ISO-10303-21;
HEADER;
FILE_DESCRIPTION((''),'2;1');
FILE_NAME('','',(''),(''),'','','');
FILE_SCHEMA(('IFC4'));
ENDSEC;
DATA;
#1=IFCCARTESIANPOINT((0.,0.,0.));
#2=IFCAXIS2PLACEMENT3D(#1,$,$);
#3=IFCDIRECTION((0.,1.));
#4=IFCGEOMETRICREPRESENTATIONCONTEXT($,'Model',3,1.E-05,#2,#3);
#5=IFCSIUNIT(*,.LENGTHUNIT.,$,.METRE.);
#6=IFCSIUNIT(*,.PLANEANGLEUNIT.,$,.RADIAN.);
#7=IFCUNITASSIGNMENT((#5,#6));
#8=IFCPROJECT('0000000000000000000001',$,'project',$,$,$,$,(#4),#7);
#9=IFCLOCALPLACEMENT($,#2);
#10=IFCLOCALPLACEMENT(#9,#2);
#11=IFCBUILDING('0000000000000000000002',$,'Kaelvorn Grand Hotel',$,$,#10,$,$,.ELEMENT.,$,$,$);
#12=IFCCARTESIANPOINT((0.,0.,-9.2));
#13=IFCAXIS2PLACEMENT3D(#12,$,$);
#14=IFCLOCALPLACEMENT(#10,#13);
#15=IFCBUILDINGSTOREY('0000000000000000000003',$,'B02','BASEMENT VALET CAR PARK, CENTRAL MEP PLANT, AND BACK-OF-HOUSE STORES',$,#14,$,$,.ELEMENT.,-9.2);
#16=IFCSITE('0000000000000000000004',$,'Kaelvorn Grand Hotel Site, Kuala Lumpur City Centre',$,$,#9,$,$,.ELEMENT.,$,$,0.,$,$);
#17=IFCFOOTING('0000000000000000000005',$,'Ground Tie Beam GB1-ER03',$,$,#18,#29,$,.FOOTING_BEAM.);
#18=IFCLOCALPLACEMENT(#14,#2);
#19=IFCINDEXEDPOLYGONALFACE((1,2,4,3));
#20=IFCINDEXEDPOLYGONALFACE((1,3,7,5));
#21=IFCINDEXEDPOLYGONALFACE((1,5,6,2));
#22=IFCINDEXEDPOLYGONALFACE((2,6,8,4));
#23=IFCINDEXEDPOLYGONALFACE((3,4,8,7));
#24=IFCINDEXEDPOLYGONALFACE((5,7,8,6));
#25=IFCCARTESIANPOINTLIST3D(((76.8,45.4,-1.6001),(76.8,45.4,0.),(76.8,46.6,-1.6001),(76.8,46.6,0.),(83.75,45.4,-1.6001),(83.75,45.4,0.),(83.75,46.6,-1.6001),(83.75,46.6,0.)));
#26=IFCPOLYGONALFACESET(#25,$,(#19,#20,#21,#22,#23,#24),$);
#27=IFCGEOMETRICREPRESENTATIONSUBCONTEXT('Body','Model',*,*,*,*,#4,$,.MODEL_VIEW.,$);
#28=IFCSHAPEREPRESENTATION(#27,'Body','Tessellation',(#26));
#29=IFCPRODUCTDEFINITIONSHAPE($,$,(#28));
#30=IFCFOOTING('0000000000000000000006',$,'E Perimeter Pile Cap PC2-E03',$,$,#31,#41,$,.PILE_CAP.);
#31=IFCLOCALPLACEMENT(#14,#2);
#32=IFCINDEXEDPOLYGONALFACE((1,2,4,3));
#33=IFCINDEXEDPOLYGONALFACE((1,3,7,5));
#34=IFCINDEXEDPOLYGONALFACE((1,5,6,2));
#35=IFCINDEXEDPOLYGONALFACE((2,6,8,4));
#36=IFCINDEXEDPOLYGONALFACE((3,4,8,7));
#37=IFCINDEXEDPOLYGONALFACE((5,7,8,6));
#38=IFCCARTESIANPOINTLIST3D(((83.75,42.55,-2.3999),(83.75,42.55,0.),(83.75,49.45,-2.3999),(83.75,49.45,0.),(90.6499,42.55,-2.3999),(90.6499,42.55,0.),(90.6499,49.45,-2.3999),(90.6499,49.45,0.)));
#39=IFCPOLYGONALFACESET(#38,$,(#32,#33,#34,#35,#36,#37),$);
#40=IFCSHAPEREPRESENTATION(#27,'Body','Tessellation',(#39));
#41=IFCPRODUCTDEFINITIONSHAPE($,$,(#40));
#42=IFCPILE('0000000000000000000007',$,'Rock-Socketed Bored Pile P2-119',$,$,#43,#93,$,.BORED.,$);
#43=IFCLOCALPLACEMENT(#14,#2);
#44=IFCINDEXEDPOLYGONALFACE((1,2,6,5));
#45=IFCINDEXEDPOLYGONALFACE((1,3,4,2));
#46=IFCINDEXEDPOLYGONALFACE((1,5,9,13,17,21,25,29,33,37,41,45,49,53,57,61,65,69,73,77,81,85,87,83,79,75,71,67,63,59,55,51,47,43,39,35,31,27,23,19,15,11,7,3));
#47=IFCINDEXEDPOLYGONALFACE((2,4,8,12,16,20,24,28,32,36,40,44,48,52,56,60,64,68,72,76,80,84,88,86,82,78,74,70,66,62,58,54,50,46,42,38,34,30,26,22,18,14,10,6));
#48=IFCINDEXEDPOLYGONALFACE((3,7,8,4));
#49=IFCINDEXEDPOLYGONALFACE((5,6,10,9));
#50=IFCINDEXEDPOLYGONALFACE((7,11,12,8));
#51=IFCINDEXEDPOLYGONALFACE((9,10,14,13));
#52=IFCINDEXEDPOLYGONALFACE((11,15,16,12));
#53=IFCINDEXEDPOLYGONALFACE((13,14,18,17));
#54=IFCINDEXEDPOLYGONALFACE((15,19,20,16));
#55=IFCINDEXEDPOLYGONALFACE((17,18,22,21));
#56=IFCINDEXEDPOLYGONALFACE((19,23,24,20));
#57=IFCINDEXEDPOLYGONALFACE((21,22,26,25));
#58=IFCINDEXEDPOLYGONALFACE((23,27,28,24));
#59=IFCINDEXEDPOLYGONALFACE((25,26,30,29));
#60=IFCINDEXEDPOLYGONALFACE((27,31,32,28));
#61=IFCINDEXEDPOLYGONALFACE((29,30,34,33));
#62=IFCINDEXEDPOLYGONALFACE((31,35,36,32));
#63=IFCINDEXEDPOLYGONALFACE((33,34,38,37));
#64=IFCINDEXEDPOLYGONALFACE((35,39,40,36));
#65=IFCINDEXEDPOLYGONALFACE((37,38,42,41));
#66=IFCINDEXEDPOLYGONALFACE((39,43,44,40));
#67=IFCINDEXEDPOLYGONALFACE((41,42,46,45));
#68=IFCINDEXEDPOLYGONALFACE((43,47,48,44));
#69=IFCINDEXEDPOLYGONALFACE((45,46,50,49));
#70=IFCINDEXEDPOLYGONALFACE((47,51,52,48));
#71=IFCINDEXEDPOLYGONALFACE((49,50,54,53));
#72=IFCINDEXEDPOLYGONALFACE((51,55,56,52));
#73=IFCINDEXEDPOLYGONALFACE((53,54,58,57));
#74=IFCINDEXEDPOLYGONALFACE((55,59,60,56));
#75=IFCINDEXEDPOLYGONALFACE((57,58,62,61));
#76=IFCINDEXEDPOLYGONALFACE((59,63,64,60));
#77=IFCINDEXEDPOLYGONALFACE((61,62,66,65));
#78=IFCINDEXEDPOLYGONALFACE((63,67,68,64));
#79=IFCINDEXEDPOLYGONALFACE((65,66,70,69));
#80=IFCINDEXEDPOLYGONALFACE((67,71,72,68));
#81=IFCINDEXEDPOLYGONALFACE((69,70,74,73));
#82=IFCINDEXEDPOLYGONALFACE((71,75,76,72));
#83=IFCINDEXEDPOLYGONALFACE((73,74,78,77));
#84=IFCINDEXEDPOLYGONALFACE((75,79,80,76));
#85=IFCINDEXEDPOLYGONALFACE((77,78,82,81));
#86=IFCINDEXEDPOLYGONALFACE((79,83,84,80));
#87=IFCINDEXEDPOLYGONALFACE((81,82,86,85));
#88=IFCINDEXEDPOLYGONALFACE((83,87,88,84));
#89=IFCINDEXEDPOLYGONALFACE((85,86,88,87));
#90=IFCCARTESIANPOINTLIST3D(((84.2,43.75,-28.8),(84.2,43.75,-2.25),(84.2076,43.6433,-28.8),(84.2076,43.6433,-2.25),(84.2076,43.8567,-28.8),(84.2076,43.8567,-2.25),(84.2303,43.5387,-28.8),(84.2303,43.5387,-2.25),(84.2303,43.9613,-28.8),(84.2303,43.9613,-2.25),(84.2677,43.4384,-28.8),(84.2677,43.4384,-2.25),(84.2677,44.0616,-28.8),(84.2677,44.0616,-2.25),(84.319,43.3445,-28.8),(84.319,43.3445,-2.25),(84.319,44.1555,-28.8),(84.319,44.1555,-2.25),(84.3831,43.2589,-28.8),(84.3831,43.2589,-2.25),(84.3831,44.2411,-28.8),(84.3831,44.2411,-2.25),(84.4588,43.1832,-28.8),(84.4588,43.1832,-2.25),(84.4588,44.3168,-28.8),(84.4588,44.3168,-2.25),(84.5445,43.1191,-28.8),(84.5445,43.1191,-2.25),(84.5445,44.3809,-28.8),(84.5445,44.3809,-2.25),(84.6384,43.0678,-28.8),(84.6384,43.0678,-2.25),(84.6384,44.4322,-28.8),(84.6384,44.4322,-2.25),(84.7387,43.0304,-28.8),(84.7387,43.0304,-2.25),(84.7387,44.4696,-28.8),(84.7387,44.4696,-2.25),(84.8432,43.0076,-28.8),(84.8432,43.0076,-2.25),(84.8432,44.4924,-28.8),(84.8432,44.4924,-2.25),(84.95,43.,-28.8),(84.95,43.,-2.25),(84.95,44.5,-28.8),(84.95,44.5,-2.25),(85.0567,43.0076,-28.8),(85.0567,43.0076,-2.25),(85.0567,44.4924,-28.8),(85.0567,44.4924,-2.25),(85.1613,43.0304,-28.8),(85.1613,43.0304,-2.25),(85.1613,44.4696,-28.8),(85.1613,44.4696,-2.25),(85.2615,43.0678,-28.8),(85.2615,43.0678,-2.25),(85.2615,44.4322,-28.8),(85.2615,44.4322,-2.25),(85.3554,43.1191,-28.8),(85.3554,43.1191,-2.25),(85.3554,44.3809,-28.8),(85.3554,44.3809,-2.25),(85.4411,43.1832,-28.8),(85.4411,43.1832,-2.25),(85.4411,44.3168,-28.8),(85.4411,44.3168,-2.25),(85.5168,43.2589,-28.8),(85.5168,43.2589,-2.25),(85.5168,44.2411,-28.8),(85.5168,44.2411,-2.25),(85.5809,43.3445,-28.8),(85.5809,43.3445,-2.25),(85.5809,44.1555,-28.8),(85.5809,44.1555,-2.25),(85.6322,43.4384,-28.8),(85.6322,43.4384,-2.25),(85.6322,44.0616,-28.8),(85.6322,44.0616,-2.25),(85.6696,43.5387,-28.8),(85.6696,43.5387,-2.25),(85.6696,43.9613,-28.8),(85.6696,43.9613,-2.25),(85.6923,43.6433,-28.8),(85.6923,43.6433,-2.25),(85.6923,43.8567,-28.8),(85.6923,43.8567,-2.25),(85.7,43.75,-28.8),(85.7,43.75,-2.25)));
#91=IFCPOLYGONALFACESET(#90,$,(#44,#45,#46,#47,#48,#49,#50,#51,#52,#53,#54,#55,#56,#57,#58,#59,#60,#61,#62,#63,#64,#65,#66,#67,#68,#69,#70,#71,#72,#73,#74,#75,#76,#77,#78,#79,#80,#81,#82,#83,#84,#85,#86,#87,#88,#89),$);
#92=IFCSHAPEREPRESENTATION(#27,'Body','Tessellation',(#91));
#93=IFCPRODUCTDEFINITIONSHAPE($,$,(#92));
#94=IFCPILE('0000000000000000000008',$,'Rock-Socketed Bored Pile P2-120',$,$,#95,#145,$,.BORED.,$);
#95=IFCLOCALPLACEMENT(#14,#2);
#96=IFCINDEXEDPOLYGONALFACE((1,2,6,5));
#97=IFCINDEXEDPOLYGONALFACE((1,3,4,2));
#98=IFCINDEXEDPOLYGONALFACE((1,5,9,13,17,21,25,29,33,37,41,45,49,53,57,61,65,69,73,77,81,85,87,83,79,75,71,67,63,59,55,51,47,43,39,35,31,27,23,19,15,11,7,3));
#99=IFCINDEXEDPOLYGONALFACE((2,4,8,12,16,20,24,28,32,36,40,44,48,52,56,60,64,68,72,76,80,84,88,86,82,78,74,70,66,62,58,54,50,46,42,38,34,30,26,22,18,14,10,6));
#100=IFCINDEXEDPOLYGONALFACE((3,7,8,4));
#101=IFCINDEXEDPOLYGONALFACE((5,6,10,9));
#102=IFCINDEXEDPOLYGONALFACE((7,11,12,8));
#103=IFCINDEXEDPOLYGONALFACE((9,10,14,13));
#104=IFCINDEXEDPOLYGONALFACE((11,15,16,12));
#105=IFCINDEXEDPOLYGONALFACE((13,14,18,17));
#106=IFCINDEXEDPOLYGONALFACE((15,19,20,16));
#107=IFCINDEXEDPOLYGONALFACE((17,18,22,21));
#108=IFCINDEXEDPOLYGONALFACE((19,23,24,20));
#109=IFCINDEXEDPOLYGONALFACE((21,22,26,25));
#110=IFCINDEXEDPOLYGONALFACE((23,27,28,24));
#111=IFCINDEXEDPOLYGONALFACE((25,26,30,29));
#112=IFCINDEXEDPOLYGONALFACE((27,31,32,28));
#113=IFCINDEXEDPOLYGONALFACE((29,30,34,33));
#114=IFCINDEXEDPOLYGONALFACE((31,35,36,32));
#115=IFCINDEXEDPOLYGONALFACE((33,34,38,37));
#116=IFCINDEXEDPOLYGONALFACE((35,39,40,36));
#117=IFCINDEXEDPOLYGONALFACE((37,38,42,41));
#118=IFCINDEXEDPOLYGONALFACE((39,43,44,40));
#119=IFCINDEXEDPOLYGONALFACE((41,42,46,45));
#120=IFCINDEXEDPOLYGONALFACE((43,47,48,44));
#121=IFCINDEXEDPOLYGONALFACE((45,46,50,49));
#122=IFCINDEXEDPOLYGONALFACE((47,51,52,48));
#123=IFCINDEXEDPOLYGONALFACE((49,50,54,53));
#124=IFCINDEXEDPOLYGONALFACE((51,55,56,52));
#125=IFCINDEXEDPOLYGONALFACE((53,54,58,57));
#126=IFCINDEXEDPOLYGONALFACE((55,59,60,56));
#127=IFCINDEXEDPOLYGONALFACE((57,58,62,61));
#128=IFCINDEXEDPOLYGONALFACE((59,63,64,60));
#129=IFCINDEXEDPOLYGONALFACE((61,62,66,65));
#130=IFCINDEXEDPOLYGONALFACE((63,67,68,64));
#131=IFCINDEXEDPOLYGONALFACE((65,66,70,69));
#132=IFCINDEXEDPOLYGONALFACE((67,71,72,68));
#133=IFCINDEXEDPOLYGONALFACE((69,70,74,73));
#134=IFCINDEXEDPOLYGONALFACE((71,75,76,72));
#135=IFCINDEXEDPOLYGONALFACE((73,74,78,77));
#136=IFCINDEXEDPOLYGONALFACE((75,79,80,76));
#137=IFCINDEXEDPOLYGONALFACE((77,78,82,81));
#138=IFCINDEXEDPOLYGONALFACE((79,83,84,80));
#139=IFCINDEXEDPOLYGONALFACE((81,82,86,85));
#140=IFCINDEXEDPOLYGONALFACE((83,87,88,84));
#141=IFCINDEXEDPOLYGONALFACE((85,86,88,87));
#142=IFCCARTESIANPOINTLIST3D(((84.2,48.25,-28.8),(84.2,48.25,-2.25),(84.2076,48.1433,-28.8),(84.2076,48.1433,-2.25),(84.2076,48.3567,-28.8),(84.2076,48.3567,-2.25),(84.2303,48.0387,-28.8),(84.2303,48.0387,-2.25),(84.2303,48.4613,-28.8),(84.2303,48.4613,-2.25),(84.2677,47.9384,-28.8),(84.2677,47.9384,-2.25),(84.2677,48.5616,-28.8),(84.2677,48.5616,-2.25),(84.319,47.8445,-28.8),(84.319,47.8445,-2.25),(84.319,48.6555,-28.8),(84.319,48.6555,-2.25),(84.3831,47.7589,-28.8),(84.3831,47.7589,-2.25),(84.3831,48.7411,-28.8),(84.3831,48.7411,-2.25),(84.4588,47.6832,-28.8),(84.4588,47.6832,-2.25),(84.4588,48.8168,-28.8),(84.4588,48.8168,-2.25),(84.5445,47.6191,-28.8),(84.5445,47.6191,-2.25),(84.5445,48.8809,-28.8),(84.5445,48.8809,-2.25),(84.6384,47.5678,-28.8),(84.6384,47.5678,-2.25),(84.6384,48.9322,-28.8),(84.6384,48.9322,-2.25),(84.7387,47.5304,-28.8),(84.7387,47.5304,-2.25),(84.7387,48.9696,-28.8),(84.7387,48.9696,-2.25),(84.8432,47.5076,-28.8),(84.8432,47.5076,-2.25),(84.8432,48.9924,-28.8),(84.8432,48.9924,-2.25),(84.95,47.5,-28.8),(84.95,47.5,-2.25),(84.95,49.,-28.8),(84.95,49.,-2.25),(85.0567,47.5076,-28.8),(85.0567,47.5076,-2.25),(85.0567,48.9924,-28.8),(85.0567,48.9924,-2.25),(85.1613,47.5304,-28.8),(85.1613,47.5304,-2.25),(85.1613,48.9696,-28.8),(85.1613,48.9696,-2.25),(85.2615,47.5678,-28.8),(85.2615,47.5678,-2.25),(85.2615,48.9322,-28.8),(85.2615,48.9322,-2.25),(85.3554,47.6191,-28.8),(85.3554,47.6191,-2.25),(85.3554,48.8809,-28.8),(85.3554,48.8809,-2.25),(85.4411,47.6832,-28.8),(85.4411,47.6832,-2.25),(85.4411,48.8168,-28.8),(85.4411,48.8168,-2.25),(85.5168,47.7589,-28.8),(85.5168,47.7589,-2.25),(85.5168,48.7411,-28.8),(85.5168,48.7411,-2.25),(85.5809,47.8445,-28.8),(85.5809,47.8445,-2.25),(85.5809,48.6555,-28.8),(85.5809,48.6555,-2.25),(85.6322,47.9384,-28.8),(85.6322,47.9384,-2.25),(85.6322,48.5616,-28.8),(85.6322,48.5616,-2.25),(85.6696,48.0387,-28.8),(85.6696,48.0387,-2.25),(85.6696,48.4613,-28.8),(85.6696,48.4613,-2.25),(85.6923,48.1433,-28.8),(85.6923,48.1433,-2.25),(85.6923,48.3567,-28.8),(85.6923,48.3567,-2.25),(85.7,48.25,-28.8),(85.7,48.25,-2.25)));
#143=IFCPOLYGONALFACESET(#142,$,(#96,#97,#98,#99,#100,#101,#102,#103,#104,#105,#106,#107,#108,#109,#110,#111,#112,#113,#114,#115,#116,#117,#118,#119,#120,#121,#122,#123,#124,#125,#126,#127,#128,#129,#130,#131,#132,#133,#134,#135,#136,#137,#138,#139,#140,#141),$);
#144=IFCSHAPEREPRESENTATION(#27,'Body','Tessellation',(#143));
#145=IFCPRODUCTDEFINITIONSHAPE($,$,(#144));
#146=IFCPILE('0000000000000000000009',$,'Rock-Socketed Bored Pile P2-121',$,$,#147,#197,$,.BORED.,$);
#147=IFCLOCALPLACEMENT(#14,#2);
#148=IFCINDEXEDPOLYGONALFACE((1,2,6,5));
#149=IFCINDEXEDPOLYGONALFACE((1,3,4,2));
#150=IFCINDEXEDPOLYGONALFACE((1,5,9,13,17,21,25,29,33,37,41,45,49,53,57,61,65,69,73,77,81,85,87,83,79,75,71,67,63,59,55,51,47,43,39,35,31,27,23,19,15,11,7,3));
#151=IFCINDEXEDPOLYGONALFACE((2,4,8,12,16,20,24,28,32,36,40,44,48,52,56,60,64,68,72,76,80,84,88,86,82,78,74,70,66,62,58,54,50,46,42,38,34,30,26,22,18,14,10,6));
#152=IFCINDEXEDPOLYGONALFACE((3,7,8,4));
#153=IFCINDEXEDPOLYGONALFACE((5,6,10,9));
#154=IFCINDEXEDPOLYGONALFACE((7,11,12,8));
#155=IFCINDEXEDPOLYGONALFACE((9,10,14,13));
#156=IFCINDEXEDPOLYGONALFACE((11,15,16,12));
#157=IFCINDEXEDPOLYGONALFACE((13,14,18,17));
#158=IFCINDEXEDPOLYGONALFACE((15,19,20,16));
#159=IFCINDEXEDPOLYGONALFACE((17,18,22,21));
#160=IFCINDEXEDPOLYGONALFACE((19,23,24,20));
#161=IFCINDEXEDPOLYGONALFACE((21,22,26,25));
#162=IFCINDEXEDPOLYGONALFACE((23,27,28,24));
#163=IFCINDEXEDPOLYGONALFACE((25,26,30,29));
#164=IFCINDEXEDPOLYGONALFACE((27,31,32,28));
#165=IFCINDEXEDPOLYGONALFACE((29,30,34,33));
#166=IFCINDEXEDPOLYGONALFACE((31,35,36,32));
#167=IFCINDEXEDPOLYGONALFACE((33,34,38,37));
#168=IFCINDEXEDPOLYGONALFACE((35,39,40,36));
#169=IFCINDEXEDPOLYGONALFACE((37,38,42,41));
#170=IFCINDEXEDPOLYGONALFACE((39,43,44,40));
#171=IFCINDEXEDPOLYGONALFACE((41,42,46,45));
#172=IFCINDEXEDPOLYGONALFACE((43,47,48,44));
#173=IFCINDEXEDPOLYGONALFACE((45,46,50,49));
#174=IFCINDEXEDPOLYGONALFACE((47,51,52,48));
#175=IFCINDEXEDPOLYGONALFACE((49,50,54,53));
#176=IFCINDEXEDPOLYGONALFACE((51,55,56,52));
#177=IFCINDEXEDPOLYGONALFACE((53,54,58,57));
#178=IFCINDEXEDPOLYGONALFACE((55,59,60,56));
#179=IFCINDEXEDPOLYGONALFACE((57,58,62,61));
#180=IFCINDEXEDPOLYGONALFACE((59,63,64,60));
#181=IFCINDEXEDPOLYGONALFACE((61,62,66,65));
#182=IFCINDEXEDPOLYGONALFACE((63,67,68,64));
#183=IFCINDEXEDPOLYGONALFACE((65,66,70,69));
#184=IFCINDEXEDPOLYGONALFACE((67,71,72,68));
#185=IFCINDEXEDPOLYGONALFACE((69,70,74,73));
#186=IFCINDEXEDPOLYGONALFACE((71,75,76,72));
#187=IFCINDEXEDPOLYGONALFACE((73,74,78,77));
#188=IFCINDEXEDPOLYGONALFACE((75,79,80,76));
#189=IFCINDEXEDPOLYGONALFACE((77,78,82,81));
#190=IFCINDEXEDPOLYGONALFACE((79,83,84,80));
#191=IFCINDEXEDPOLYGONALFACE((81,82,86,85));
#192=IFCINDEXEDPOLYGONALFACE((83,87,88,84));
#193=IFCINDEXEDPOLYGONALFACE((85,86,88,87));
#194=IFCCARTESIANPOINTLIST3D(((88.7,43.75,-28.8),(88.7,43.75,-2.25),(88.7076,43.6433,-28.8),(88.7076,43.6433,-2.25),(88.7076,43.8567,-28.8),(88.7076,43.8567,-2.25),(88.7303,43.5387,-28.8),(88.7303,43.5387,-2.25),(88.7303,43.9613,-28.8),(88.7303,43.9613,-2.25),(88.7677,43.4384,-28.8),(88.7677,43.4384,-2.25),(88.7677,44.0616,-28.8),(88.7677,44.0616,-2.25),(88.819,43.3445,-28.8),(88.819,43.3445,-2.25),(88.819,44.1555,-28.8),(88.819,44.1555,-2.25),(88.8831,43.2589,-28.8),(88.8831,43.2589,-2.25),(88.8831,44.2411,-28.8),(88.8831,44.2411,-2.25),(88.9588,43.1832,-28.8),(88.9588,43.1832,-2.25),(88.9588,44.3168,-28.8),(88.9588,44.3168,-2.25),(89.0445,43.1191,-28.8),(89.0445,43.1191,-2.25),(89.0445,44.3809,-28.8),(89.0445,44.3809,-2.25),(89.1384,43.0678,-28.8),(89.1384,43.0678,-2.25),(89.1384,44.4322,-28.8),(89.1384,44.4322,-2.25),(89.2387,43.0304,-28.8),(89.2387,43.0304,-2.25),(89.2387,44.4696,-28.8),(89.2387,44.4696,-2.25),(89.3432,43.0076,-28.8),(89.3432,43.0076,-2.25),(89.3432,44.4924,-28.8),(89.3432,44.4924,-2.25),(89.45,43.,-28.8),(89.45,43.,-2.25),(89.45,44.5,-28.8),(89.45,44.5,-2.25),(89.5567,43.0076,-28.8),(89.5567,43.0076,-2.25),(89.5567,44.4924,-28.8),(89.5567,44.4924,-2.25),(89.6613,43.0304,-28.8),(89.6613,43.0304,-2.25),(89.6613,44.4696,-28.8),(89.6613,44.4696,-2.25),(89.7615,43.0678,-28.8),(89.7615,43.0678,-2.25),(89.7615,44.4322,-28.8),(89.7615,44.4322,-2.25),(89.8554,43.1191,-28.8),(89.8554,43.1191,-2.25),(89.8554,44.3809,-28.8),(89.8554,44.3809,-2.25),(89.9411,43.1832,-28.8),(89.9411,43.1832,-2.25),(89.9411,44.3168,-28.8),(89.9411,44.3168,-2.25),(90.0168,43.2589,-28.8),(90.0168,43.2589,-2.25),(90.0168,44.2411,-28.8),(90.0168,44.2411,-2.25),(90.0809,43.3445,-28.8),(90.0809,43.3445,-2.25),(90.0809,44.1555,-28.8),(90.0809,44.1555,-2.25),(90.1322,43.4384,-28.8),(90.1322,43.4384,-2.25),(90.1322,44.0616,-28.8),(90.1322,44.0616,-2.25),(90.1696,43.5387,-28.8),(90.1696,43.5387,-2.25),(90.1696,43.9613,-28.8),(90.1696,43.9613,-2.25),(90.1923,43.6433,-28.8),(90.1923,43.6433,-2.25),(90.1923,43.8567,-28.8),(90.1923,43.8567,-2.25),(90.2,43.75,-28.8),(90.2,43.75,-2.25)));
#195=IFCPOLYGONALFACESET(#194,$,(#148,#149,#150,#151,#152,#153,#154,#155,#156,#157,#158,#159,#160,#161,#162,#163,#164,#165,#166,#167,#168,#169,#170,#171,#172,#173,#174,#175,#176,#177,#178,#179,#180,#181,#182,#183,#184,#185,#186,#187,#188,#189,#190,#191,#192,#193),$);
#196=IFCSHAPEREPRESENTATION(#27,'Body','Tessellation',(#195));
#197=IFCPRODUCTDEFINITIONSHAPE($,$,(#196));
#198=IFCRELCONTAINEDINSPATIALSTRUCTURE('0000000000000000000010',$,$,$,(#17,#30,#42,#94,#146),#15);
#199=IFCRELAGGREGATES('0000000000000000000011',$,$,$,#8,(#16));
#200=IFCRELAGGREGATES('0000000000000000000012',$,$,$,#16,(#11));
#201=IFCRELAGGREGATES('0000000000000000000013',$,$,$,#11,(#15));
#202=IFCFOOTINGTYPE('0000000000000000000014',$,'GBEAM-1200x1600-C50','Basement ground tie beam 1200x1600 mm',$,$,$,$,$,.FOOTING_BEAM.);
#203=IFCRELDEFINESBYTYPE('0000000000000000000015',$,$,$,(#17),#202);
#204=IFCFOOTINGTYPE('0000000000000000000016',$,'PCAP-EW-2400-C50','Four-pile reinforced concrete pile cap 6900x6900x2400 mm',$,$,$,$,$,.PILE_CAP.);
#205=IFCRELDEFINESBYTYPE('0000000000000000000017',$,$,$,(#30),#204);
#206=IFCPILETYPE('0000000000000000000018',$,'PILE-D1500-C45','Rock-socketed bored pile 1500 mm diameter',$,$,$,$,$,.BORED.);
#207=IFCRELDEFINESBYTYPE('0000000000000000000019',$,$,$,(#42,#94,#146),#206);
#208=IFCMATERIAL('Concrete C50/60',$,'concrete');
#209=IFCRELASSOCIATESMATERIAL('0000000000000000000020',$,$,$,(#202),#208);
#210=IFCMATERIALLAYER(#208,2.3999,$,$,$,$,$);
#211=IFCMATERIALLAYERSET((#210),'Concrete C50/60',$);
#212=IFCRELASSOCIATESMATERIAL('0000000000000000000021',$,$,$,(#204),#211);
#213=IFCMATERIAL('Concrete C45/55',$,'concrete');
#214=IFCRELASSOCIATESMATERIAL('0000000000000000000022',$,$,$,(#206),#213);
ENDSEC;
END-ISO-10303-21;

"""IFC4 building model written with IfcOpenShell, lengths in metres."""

from ifc_helpers import new_model, si_unit, direction, frame, origin, origin_2d, place, context, subcontext, project, spatial, rectangle, circle, extrude, material, layer, layer_set, material_profile, profile_set, type_object, element, save


model = new_model("IFC4")

# Units and contexts
model_context = context("Model", 3, precision=1e-05, world=origin(), true_north=direction((0.0, 1.0)))
body_context = subcontext(model_context, "Body", "Model", "MODEL_VIEW")
ifc_project = project(units=[si_unit("LENGTHUNIT", "METRE"), si_unit("PLANEANGLEUNIT", "RADIAN")], contexts=[model_context])

# Site, building, storey
site_placement = place(None, origin())
site = spatial("IfcSite", under=ifc_project, at=site_placement, Name="Kaelvorn Grand Hotel Site, Kuala Lumpur City Centre", CompositionType="ELEMENT", RefElevation=0.0)
building_placement = place(site_placement, origin())
building = spatial("IfcBuilding", under=site, at=building_placement, Name="Kaelvorn Grand Hotel", CompositionType="ELEMENT")
storey_placement = place(building_placement, frame((0.0, 0.0, -9.2)))
storey = spatial("IfcBuildingStorey", under=building, at=storey_placement, Name="B02", Description="BASEMENT VALET CAR PARK, CENTRAL MEP PLANT, AND BACK-OF-HOUSE STORES", CompositionType="ELEMENT", Elevation=-9.2)

# Footings
ifc_material_1 = material(Name="Concrete C50/60", Category="concrete")
ifc_material_profile_1 = material_profile(ifc_material_1, rectangle(XDim=1.2, YDim=1.6001, at=origin_2d()), Name="GB 1200x1600")
ifc_profile_set_1 = profile_set([ifc_material_profile_1], Name="Concrete C50/60")
footing_type_1 = type_object("IfcFootingType", Name="GBEAM-1200x1600-C50", Description="Basement ground tie beam 1200x1600 mm", PredefinedType="FOOTING_BEAM", material=ifc_profile_set_1)
footing_1_placement = place(storey_placement, frame((76.8, 46.0, -0.8), z_axis=(1.0, 0.0, 0.0), x_axis=(0.0, 1.0, 0.0)))
element("IfcFooting", 1, at=footing_1_placement, inside=storey, type_object=footing_type_1, Name="Ground Tie Beam GB1-ER03", PredefinedType="FOOTING_BEAM", context=body_context, shape_type="SweptSolid", body=[
    extrude(rectangle(XDim=1.2, YDim=1.6001, at=origin_2d()), origin(), (0.0, 0.0, 1.0), 6.95),
])
ifc_layer_1 = layer(ifc_material_1, 2.3999)
ifc_layer_set_1 = layer_set([ifc_layer_1], Name="Concrete C50/60")
footing_type_2 = type_object("IfcFootingType", Name="PCAP-EW-2400-C50", Description="Four-pile reinforced concrete pile cap 6900x6900x2400 mm", PredefinedType="PILE_CAP", material=ifc_layer_set_1)
footing_2_placement = place(storey_placement, frame((87.2, 46.0, -2.3999), z_axis=(0.0, 0.0, 1.0), x_axis=(1.0, 0.0, 0.0)))
element("IfcFooting", 2, at=footing_2_placement, inside=storey, type_object=footing_type_2, Name="E Perimeter Pile Cap PC2-E03", PredefinedType="PILE_CAP", context=body_context, shape_type="SweptSolid", body=[
    extrude(rectangle(XDim=6.8999, YDim=6.8999, at=origin_2d()), origin(), (0.0, 0.0, 1.0), 2.3999),
])

# Piles
ifc_material_2 = material(Name="Concrete C45/55", Category="concrete")
ifc_material_profile_2 = material_profile(ifc_material_2, circle(Radius=0.75, at=origin_2d()), Name="BORED PILE D1500")
ifc_profile_set_2 = profile_set([ifc_material_profile_2], Name="Concrete C45/55")
pile_type_1 = type_object("IfcPileType", Name="PILE-D1500-C45", Description="Rock-socketed bored pile 1500 mm diameter", PredefinedType="BORED", material=ifc_profile_set_2)
for number, where, z_axis, x_axis, name in (
    (3, (84.95, 43.75, -2.25), (0.0, 0.0, -1.0), (1.0, 0.0, 0.0), "Rock-Socketed Bored Pile P2-119"),
    (4, (84.95, 48.25, -2.25), (0.0, 0.0, -1.0), (1.0, 0.0, 0.0), "Rock-Socketed Bored Pile P2-120"),
    (5, (89.45, 43.75, -2.25), (0.0, 0.0, -1.0), (1.0, 0.0, 0.0), "Rock-Socketed Bored Pile P2-121"),
):
    element("IfcPile", number, at=place(storey_placement, frame(where, z_axis=z_axis, x_axis=x_axis)), inside=storey, type_object=pile_type_1, Name=name, PredefinedType="BORED", context=body_context, shape_type="SweptSolid", body=[
        extrude(circle(Radius=0.75, at=origin_2d()), origin(), (0.0, 0.0, 1.0), 26.55),
    ])

save(model, "model.ifc")
